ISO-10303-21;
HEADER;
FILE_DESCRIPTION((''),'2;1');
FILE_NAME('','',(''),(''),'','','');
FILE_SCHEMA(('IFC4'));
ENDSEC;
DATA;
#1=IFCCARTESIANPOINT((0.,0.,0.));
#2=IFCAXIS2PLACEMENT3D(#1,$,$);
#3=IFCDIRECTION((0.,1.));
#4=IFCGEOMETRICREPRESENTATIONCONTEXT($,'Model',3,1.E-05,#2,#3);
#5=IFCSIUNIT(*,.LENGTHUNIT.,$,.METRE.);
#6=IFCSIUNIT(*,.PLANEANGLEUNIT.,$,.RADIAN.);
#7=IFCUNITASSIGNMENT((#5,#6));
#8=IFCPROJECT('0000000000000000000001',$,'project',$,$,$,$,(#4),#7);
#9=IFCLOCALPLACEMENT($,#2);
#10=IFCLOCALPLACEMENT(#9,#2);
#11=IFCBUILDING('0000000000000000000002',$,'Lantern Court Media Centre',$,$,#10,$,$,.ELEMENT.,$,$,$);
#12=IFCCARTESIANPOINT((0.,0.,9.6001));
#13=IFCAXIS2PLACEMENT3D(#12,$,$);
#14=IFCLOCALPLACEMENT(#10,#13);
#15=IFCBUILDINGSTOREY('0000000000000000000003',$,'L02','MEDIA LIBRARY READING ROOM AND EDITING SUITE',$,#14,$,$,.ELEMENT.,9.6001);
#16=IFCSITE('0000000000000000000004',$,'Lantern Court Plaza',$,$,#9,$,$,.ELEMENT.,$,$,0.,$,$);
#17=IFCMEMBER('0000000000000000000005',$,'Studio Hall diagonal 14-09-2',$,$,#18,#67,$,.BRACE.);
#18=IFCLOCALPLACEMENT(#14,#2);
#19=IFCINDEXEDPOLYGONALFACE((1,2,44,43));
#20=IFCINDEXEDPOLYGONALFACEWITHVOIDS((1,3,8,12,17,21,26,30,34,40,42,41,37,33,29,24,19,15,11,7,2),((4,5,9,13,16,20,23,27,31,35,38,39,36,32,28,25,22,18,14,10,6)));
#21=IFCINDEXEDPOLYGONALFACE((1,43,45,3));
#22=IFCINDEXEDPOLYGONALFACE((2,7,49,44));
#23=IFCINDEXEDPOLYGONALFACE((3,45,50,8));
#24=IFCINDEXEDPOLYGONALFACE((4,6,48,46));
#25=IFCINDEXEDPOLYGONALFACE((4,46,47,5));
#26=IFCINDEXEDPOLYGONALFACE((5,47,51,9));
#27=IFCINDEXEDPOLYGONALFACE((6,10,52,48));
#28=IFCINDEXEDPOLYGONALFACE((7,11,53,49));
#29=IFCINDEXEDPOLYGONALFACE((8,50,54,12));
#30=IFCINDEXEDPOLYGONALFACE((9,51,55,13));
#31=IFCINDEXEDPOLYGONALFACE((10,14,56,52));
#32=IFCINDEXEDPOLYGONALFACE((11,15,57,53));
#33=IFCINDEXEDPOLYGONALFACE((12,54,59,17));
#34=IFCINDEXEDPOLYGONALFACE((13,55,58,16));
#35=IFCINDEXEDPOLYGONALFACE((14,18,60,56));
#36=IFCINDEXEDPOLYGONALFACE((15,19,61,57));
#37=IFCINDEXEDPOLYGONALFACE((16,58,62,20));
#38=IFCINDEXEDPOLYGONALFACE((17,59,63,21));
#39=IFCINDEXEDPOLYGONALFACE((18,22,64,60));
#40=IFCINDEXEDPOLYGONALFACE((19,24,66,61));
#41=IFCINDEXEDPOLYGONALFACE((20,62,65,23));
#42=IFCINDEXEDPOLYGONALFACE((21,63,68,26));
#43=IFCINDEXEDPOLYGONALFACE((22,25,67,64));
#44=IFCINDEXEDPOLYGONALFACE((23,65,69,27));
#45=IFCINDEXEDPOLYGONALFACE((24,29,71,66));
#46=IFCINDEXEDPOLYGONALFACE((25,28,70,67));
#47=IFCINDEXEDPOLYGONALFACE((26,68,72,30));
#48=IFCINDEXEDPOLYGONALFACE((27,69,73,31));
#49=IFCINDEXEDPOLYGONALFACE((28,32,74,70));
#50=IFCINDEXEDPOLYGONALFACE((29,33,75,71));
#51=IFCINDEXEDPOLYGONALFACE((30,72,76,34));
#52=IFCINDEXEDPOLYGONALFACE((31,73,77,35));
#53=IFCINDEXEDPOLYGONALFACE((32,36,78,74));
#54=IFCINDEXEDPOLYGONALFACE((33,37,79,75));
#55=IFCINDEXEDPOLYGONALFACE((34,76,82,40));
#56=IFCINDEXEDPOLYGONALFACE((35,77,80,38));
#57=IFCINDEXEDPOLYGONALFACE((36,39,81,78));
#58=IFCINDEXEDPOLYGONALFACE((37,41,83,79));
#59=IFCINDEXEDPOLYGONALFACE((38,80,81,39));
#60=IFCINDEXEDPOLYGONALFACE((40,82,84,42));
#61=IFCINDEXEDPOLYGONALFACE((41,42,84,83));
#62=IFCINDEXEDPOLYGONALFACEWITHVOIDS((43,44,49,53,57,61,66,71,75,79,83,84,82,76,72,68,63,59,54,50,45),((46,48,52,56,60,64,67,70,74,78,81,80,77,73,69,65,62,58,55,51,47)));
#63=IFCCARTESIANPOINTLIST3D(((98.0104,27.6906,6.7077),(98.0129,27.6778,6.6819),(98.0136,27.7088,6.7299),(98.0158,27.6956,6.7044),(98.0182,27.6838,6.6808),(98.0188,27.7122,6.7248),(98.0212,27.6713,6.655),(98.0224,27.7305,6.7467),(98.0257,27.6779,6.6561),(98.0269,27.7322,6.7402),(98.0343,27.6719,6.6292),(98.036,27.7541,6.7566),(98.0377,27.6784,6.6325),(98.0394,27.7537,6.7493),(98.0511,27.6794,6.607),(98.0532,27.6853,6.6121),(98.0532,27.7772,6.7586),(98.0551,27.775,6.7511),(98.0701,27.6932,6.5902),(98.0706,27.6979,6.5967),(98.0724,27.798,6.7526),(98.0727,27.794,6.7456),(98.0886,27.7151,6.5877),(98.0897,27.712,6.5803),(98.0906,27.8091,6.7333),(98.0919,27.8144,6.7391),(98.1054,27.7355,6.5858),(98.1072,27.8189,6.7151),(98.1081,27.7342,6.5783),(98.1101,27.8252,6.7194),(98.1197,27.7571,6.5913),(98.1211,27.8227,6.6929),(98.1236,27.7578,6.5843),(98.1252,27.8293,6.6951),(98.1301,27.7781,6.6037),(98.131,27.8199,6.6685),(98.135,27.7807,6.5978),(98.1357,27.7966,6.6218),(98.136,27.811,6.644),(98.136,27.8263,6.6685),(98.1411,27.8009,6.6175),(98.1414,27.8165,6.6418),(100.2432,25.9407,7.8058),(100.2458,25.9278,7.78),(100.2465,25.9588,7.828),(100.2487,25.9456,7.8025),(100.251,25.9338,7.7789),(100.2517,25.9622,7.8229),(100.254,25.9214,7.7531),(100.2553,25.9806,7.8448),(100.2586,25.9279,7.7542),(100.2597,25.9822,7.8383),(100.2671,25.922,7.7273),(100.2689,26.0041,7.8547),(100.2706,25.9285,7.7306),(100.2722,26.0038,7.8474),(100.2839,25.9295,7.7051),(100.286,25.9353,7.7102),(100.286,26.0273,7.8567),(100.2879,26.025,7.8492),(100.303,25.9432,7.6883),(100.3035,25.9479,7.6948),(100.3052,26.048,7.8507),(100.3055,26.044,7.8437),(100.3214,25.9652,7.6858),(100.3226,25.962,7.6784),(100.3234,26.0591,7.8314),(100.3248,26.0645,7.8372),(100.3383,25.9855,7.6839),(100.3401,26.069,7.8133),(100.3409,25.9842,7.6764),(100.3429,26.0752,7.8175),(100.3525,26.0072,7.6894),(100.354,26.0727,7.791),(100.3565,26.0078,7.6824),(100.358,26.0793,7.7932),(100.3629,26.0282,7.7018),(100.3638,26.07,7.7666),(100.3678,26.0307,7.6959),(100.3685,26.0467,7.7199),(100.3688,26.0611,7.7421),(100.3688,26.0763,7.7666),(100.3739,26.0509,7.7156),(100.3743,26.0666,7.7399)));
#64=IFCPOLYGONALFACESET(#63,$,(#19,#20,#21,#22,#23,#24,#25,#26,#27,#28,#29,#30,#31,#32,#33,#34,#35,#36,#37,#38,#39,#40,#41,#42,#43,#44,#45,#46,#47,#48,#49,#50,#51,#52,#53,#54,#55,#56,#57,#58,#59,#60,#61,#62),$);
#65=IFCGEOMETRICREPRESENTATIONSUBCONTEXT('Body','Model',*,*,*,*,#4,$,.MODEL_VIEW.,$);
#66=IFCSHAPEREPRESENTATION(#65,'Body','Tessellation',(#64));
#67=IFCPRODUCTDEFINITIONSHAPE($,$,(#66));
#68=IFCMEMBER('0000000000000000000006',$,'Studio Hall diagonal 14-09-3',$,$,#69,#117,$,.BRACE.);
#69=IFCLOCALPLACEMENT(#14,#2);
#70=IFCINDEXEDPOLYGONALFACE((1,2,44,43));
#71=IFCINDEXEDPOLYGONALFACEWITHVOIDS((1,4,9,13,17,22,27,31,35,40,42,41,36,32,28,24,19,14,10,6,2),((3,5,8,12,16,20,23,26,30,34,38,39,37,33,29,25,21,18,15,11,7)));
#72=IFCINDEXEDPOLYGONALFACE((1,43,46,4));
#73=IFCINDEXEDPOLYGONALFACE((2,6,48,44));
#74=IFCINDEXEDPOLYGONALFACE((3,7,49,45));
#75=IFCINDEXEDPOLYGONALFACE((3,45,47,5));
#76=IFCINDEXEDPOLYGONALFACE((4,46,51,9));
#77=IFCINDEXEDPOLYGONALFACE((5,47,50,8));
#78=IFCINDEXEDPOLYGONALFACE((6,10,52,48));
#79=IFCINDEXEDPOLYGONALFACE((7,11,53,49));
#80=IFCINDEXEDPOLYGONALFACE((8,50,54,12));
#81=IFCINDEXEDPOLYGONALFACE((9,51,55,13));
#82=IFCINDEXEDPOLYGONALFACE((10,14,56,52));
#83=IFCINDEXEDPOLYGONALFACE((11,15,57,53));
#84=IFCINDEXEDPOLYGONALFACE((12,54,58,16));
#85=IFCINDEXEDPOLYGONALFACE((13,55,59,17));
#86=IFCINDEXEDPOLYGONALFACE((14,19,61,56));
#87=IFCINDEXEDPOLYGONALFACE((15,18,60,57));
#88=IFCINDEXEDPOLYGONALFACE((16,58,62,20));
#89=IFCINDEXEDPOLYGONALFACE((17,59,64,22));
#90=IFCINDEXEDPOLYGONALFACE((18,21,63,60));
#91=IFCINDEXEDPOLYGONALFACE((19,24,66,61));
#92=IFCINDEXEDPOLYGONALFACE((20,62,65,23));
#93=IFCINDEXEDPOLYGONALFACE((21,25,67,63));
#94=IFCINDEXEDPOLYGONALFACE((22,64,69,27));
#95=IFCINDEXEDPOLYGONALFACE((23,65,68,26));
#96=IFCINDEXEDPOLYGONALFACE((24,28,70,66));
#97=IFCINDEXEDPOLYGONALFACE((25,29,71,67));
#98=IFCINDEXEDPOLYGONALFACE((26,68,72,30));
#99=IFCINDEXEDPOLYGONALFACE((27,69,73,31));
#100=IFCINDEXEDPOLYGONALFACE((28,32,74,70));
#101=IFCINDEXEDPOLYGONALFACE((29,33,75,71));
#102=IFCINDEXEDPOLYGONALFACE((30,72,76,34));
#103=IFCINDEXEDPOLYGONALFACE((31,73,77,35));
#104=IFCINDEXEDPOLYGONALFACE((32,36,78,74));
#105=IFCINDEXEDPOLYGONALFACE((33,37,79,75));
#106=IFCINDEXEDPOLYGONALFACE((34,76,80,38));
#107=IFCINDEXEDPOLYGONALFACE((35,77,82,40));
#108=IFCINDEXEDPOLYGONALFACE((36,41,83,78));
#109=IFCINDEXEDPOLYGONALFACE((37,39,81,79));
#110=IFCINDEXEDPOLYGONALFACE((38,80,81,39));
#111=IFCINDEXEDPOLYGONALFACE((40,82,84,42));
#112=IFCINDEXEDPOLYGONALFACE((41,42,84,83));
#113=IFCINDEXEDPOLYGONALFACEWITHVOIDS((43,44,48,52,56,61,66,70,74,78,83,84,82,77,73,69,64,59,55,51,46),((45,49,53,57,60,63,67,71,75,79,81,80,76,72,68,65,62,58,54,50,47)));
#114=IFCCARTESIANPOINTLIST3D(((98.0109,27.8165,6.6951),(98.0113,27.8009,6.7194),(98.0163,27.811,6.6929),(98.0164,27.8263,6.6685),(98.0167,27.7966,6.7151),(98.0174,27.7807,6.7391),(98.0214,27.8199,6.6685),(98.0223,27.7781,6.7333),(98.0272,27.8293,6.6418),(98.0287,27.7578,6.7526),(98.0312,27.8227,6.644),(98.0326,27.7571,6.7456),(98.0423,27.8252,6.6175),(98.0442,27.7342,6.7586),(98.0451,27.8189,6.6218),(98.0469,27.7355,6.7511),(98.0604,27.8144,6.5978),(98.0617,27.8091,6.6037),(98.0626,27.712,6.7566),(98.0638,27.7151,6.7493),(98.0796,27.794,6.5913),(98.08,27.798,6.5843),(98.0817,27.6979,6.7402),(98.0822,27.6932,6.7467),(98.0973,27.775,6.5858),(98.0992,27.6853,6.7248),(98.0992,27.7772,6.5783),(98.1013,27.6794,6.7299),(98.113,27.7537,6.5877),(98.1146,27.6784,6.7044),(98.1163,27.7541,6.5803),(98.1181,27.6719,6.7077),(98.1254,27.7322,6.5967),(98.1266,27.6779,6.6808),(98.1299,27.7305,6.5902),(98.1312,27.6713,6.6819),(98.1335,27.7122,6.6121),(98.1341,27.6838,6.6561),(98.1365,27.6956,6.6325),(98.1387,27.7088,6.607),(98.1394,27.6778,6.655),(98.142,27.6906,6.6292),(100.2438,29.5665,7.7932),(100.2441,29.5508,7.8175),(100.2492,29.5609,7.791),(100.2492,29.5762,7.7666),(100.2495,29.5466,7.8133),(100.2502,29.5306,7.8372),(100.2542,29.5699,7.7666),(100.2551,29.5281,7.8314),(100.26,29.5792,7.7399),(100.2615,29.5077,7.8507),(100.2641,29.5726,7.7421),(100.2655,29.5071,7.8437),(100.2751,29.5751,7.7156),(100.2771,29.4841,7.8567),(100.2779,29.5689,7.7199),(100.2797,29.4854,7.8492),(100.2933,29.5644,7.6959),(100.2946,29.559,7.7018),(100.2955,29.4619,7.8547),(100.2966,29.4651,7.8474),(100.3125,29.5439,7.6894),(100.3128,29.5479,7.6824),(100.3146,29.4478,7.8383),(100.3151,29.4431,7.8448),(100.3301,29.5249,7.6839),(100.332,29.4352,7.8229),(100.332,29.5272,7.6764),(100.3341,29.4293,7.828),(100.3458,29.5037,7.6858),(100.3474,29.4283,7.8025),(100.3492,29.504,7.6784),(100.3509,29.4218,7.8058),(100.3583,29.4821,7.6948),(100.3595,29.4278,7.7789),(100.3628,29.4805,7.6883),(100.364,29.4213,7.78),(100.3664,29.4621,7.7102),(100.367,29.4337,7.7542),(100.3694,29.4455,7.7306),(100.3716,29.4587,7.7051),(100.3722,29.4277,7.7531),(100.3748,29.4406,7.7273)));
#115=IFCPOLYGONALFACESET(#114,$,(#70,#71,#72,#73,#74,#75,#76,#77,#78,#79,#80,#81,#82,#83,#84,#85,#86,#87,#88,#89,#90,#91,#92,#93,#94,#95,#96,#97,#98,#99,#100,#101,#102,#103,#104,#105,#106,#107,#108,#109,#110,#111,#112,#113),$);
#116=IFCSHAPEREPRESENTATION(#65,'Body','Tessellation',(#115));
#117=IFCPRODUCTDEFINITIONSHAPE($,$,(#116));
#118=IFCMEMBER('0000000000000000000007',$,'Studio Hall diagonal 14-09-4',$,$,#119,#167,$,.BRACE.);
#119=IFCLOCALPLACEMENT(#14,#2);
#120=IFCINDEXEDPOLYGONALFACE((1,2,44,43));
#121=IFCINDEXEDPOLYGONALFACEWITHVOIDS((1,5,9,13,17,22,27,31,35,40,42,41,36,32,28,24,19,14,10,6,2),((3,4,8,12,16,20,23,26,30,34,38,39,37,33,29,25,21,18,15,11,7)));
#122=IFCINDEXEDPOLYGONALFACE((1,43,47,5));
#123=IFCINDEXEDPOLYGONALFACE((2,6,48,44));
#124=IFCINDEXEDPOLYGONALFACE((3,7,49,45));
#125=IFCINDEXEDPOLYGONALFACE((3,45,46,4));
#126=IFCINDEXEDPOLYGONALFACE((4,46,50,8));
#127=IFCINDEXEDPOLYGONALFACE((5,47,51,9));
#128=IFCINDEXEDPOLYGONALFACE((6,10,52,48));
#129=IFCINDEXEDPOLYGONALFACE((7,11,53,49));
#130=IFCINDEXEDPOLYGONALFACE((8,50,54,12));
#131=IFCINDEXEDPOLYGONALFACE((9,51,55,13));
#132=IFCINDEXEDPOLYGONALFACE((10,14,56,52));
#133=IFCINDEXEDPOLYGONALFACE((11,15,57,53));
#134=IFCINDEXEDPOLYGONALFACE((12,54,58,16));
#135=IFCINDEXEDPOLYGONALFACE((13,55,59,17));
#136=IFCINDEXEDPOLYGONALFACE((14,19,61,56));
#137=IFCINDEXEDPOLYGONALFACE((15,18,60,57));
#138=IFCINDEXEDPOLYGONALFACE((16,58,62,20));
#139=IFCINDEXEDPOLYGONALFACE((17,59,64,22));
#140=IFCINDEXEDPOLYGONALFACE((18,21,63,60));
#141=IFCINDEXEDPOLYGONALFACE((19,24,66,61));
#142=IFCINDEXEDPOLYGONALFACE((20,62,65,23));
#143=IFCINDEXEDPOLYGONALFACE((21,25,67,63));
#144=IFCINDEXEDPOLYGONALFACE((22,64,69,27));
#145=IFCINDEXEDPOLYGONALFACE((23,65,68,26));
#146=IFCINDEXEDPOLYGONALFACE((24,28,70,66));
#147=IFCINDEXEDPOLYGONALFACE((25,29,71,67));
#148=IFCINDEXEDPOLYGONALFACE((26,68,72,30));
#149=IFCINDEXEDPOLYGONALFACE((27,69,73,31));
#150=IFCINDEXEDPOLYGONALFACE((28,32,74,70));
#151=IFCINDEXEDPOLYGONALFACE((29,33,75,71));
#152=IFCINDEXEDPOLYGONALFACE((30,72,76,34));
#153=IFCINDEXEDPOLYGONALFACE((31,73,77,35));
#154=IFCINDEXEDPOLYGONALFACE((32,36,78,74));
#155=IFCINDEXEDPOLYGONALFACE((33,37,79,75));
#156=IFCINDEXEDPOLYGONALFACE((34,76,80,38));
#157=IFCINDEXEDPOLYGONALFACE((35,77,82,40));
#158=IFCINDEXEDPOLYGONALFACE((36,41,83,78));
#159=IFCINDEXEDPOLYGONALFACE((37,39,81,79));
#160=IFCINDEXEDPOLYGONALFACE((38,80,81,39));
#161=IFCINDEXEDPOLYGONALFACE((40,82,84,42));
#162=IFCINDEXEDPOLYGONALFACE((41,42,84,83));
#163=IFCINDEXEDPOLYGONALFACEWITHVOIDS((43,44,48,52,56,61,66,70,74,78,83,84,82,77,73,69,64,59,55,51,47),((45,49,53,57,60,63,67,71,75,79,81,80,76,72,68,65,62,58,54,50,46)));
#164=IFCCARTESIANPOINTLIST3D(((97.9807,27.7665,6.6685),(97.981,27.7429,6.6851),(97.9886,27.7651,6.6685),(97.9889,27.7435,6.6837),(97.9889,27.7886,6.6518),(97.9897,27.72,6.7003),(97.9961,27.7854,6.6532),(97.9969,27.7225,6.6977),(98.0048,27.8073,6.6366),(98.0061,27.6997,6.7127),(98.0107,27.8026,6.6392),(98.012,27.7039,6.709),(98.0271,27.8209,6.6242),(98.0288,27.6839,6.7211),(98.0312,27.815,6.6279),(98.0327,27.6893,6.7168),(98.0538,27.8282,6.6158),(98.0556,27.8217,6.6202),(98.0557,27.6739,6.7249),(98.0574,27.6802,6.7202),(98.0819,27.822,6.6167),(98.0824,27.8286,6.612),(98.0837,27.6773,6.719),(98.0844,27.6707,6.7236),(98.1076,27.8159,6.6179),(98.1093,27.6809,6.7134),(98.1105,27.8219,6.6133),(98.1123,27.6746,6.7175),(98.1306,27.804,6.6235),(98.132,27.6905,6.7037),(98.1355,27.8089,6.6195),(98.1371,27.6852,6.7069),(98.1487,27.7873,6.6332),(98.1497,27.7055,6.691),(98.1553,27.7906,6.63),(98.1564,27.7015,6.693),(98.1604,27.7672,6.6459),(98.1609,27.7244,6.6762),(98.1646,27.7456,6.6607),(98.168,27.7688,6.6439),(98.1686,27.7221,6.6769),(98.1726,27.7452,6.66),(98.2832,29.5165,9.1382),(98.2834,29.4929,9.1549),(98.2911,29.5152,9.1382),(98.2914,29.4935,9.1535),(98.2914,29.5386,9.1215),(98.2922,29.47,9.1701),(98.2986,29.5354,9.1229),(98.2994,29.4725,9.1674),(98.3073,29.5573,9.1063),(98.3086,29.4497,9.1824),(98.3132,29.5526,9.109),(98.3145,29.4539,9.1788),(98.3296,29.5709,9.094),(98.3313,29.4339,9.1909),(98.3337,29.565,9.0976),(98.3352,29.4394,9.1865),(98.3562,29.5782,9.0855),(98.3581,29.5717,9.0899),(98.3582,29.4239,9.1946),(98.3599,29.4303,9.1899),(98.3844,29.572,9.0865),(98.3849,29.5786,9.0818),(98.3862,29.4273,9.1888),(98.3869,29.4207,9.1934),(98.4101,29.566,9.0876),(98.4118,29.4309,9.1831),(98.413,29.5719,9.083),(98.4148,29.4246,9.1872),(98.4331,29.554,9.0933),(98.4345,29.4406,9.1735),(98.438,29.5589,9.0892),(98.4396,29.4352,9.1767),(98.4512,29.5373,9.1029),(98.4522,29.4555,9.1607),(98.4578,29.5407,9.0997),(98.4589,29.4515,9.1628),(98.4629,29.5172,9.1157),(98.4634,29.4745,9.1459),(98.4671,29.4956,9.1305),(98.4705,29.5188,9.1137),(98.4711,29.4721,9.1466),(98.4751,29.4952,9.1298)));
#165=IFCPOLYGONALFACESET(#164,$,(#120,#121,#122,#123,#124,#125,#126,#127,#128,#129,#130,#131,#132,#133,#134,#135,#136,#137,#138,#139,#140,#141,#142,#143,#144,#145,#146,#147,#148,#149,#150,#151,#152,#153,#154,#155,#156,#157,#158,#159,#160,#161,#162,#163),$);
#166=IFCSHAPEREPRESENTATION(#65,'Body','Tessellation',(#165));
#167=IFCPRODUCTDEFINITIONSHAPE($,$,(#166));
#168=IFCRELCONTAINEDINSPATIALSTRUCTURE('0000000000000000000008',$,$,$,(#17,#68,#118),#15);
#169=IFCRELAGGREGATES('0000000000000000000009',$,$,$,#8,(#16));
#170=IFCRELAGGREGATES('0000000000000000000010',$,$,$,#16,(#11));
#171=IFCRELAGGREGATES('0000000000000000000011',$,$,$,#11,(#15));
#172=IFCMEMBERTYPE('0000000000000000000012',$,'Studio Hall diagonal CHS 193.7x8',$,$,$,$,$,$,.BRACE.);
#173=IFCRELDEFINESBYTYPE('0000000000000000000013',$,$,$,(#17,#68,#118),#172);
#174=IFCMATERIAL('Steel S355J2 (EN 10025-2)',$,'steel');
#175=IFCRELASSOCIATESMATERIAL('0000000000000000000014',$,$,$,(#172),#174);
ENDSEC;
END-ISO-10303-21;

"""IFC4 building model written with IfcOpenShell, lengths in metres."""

from ifc_helpers import new_model, si_unit, direction, frame, origin, origin_2d, place, context, subcontext, project, spatial, hollow_circle, extrude, material, material_profile, profile_set, type_object, element, save


model = new_model("IFC4")

# Units and contexts
model_context = context("Model", 3, precision=1e-05, world=origin(), true_north=direction((0.0, 1.0)))
body_context = subcontext(model_context, "Body", "Model", "MODEL_VIEW")
ifc_project = project(units=[si_unit("LENGTHUNIT", "METRE"), si_unit("PLANEANGLEUNIT", "RADIAN")], contexts=[model_context])

# Site, building, storey
site_placement = place(None, origin())
site = spatial("IfcSite", under=ifc_project, at=site_placement, Name="Lantern Court Plaza", CompositionType="ELEMENT", RefElevation=0.0)
building_placement = place(site_placement, origin())
building = spatial("IfcBuilding", under=site, at=building_placement, Name="Lantern Court Media Centre", CompositionType="ELEMENT")
storey_placement = place(building_placement, frame((0.0, 0.0, 9.6001)))
storey = spatial("IfcBuildingStorey", under=building, at=storey_placement, Name="L02", Description="MEDIA LIBRARY READING ROOM AND EDITING SUITE", CompositionType="ELEMENT", Elevation=9.6001)

# Members
ifc_material = material(Name="Steel S355J2 (EN 10025-2)", Category="steel")
ifc_material_profile_1 = material_profile(ifc_material, hollow_circle(Radius=0.0969, WallThickness=0.0081, at=origin_2d()), Name="Studio Hall diagonal CHS 193.7x8")
ifc_profile_set_1 = profile_set([ifc_material_profile_1], Name="Steel S355J2 (EN 10025-2)")
member_type_1 = type_object("IfcMemberType", Name="Studio Hall diagonal CHS 193.7x8", PredefinedType="BRACE", material=ifc_profile_set_1)
for number, where, z_axis, x_axis, name in (
    (1, (98.0762, 27.75, 6.6685), (0.734005, -0.575262, 0.360984), (0.616856, 0.787076, 0.0), "Studio Hall diagonal 14-09-2"),
    (2, (98.0762, 27.75, 6.6685), (0.734005, 0.575262, 0.360984), (-0.616856, 0.787076, 0.0), "Studio Hall diagonal 14-09-3"),
    (3, (98.0762, 27.75, 6.6685), (0.099439, 0.575286, 0.811885), (-0.985388, 0.170326, 0.0), "Studio Hall diagonal 14-09-4"),
):
    element("IfcMember", number, at=place(storey_placement, frame(where, z_axis=z_axis, x_axis=x_axis)), inside=storey, type_object=member_type_1, Name=name, PredefinedType="BRACE", context=body_context, shape_type="SweptSolid", body=[
        extrude(hollow_circle(Radius=0.0969, WallThickness=0.0081, at=origin_2d()), origin(), (0.0, 0.0, 1.0), 3.042),
    ])

save(model, "model.ifc")
